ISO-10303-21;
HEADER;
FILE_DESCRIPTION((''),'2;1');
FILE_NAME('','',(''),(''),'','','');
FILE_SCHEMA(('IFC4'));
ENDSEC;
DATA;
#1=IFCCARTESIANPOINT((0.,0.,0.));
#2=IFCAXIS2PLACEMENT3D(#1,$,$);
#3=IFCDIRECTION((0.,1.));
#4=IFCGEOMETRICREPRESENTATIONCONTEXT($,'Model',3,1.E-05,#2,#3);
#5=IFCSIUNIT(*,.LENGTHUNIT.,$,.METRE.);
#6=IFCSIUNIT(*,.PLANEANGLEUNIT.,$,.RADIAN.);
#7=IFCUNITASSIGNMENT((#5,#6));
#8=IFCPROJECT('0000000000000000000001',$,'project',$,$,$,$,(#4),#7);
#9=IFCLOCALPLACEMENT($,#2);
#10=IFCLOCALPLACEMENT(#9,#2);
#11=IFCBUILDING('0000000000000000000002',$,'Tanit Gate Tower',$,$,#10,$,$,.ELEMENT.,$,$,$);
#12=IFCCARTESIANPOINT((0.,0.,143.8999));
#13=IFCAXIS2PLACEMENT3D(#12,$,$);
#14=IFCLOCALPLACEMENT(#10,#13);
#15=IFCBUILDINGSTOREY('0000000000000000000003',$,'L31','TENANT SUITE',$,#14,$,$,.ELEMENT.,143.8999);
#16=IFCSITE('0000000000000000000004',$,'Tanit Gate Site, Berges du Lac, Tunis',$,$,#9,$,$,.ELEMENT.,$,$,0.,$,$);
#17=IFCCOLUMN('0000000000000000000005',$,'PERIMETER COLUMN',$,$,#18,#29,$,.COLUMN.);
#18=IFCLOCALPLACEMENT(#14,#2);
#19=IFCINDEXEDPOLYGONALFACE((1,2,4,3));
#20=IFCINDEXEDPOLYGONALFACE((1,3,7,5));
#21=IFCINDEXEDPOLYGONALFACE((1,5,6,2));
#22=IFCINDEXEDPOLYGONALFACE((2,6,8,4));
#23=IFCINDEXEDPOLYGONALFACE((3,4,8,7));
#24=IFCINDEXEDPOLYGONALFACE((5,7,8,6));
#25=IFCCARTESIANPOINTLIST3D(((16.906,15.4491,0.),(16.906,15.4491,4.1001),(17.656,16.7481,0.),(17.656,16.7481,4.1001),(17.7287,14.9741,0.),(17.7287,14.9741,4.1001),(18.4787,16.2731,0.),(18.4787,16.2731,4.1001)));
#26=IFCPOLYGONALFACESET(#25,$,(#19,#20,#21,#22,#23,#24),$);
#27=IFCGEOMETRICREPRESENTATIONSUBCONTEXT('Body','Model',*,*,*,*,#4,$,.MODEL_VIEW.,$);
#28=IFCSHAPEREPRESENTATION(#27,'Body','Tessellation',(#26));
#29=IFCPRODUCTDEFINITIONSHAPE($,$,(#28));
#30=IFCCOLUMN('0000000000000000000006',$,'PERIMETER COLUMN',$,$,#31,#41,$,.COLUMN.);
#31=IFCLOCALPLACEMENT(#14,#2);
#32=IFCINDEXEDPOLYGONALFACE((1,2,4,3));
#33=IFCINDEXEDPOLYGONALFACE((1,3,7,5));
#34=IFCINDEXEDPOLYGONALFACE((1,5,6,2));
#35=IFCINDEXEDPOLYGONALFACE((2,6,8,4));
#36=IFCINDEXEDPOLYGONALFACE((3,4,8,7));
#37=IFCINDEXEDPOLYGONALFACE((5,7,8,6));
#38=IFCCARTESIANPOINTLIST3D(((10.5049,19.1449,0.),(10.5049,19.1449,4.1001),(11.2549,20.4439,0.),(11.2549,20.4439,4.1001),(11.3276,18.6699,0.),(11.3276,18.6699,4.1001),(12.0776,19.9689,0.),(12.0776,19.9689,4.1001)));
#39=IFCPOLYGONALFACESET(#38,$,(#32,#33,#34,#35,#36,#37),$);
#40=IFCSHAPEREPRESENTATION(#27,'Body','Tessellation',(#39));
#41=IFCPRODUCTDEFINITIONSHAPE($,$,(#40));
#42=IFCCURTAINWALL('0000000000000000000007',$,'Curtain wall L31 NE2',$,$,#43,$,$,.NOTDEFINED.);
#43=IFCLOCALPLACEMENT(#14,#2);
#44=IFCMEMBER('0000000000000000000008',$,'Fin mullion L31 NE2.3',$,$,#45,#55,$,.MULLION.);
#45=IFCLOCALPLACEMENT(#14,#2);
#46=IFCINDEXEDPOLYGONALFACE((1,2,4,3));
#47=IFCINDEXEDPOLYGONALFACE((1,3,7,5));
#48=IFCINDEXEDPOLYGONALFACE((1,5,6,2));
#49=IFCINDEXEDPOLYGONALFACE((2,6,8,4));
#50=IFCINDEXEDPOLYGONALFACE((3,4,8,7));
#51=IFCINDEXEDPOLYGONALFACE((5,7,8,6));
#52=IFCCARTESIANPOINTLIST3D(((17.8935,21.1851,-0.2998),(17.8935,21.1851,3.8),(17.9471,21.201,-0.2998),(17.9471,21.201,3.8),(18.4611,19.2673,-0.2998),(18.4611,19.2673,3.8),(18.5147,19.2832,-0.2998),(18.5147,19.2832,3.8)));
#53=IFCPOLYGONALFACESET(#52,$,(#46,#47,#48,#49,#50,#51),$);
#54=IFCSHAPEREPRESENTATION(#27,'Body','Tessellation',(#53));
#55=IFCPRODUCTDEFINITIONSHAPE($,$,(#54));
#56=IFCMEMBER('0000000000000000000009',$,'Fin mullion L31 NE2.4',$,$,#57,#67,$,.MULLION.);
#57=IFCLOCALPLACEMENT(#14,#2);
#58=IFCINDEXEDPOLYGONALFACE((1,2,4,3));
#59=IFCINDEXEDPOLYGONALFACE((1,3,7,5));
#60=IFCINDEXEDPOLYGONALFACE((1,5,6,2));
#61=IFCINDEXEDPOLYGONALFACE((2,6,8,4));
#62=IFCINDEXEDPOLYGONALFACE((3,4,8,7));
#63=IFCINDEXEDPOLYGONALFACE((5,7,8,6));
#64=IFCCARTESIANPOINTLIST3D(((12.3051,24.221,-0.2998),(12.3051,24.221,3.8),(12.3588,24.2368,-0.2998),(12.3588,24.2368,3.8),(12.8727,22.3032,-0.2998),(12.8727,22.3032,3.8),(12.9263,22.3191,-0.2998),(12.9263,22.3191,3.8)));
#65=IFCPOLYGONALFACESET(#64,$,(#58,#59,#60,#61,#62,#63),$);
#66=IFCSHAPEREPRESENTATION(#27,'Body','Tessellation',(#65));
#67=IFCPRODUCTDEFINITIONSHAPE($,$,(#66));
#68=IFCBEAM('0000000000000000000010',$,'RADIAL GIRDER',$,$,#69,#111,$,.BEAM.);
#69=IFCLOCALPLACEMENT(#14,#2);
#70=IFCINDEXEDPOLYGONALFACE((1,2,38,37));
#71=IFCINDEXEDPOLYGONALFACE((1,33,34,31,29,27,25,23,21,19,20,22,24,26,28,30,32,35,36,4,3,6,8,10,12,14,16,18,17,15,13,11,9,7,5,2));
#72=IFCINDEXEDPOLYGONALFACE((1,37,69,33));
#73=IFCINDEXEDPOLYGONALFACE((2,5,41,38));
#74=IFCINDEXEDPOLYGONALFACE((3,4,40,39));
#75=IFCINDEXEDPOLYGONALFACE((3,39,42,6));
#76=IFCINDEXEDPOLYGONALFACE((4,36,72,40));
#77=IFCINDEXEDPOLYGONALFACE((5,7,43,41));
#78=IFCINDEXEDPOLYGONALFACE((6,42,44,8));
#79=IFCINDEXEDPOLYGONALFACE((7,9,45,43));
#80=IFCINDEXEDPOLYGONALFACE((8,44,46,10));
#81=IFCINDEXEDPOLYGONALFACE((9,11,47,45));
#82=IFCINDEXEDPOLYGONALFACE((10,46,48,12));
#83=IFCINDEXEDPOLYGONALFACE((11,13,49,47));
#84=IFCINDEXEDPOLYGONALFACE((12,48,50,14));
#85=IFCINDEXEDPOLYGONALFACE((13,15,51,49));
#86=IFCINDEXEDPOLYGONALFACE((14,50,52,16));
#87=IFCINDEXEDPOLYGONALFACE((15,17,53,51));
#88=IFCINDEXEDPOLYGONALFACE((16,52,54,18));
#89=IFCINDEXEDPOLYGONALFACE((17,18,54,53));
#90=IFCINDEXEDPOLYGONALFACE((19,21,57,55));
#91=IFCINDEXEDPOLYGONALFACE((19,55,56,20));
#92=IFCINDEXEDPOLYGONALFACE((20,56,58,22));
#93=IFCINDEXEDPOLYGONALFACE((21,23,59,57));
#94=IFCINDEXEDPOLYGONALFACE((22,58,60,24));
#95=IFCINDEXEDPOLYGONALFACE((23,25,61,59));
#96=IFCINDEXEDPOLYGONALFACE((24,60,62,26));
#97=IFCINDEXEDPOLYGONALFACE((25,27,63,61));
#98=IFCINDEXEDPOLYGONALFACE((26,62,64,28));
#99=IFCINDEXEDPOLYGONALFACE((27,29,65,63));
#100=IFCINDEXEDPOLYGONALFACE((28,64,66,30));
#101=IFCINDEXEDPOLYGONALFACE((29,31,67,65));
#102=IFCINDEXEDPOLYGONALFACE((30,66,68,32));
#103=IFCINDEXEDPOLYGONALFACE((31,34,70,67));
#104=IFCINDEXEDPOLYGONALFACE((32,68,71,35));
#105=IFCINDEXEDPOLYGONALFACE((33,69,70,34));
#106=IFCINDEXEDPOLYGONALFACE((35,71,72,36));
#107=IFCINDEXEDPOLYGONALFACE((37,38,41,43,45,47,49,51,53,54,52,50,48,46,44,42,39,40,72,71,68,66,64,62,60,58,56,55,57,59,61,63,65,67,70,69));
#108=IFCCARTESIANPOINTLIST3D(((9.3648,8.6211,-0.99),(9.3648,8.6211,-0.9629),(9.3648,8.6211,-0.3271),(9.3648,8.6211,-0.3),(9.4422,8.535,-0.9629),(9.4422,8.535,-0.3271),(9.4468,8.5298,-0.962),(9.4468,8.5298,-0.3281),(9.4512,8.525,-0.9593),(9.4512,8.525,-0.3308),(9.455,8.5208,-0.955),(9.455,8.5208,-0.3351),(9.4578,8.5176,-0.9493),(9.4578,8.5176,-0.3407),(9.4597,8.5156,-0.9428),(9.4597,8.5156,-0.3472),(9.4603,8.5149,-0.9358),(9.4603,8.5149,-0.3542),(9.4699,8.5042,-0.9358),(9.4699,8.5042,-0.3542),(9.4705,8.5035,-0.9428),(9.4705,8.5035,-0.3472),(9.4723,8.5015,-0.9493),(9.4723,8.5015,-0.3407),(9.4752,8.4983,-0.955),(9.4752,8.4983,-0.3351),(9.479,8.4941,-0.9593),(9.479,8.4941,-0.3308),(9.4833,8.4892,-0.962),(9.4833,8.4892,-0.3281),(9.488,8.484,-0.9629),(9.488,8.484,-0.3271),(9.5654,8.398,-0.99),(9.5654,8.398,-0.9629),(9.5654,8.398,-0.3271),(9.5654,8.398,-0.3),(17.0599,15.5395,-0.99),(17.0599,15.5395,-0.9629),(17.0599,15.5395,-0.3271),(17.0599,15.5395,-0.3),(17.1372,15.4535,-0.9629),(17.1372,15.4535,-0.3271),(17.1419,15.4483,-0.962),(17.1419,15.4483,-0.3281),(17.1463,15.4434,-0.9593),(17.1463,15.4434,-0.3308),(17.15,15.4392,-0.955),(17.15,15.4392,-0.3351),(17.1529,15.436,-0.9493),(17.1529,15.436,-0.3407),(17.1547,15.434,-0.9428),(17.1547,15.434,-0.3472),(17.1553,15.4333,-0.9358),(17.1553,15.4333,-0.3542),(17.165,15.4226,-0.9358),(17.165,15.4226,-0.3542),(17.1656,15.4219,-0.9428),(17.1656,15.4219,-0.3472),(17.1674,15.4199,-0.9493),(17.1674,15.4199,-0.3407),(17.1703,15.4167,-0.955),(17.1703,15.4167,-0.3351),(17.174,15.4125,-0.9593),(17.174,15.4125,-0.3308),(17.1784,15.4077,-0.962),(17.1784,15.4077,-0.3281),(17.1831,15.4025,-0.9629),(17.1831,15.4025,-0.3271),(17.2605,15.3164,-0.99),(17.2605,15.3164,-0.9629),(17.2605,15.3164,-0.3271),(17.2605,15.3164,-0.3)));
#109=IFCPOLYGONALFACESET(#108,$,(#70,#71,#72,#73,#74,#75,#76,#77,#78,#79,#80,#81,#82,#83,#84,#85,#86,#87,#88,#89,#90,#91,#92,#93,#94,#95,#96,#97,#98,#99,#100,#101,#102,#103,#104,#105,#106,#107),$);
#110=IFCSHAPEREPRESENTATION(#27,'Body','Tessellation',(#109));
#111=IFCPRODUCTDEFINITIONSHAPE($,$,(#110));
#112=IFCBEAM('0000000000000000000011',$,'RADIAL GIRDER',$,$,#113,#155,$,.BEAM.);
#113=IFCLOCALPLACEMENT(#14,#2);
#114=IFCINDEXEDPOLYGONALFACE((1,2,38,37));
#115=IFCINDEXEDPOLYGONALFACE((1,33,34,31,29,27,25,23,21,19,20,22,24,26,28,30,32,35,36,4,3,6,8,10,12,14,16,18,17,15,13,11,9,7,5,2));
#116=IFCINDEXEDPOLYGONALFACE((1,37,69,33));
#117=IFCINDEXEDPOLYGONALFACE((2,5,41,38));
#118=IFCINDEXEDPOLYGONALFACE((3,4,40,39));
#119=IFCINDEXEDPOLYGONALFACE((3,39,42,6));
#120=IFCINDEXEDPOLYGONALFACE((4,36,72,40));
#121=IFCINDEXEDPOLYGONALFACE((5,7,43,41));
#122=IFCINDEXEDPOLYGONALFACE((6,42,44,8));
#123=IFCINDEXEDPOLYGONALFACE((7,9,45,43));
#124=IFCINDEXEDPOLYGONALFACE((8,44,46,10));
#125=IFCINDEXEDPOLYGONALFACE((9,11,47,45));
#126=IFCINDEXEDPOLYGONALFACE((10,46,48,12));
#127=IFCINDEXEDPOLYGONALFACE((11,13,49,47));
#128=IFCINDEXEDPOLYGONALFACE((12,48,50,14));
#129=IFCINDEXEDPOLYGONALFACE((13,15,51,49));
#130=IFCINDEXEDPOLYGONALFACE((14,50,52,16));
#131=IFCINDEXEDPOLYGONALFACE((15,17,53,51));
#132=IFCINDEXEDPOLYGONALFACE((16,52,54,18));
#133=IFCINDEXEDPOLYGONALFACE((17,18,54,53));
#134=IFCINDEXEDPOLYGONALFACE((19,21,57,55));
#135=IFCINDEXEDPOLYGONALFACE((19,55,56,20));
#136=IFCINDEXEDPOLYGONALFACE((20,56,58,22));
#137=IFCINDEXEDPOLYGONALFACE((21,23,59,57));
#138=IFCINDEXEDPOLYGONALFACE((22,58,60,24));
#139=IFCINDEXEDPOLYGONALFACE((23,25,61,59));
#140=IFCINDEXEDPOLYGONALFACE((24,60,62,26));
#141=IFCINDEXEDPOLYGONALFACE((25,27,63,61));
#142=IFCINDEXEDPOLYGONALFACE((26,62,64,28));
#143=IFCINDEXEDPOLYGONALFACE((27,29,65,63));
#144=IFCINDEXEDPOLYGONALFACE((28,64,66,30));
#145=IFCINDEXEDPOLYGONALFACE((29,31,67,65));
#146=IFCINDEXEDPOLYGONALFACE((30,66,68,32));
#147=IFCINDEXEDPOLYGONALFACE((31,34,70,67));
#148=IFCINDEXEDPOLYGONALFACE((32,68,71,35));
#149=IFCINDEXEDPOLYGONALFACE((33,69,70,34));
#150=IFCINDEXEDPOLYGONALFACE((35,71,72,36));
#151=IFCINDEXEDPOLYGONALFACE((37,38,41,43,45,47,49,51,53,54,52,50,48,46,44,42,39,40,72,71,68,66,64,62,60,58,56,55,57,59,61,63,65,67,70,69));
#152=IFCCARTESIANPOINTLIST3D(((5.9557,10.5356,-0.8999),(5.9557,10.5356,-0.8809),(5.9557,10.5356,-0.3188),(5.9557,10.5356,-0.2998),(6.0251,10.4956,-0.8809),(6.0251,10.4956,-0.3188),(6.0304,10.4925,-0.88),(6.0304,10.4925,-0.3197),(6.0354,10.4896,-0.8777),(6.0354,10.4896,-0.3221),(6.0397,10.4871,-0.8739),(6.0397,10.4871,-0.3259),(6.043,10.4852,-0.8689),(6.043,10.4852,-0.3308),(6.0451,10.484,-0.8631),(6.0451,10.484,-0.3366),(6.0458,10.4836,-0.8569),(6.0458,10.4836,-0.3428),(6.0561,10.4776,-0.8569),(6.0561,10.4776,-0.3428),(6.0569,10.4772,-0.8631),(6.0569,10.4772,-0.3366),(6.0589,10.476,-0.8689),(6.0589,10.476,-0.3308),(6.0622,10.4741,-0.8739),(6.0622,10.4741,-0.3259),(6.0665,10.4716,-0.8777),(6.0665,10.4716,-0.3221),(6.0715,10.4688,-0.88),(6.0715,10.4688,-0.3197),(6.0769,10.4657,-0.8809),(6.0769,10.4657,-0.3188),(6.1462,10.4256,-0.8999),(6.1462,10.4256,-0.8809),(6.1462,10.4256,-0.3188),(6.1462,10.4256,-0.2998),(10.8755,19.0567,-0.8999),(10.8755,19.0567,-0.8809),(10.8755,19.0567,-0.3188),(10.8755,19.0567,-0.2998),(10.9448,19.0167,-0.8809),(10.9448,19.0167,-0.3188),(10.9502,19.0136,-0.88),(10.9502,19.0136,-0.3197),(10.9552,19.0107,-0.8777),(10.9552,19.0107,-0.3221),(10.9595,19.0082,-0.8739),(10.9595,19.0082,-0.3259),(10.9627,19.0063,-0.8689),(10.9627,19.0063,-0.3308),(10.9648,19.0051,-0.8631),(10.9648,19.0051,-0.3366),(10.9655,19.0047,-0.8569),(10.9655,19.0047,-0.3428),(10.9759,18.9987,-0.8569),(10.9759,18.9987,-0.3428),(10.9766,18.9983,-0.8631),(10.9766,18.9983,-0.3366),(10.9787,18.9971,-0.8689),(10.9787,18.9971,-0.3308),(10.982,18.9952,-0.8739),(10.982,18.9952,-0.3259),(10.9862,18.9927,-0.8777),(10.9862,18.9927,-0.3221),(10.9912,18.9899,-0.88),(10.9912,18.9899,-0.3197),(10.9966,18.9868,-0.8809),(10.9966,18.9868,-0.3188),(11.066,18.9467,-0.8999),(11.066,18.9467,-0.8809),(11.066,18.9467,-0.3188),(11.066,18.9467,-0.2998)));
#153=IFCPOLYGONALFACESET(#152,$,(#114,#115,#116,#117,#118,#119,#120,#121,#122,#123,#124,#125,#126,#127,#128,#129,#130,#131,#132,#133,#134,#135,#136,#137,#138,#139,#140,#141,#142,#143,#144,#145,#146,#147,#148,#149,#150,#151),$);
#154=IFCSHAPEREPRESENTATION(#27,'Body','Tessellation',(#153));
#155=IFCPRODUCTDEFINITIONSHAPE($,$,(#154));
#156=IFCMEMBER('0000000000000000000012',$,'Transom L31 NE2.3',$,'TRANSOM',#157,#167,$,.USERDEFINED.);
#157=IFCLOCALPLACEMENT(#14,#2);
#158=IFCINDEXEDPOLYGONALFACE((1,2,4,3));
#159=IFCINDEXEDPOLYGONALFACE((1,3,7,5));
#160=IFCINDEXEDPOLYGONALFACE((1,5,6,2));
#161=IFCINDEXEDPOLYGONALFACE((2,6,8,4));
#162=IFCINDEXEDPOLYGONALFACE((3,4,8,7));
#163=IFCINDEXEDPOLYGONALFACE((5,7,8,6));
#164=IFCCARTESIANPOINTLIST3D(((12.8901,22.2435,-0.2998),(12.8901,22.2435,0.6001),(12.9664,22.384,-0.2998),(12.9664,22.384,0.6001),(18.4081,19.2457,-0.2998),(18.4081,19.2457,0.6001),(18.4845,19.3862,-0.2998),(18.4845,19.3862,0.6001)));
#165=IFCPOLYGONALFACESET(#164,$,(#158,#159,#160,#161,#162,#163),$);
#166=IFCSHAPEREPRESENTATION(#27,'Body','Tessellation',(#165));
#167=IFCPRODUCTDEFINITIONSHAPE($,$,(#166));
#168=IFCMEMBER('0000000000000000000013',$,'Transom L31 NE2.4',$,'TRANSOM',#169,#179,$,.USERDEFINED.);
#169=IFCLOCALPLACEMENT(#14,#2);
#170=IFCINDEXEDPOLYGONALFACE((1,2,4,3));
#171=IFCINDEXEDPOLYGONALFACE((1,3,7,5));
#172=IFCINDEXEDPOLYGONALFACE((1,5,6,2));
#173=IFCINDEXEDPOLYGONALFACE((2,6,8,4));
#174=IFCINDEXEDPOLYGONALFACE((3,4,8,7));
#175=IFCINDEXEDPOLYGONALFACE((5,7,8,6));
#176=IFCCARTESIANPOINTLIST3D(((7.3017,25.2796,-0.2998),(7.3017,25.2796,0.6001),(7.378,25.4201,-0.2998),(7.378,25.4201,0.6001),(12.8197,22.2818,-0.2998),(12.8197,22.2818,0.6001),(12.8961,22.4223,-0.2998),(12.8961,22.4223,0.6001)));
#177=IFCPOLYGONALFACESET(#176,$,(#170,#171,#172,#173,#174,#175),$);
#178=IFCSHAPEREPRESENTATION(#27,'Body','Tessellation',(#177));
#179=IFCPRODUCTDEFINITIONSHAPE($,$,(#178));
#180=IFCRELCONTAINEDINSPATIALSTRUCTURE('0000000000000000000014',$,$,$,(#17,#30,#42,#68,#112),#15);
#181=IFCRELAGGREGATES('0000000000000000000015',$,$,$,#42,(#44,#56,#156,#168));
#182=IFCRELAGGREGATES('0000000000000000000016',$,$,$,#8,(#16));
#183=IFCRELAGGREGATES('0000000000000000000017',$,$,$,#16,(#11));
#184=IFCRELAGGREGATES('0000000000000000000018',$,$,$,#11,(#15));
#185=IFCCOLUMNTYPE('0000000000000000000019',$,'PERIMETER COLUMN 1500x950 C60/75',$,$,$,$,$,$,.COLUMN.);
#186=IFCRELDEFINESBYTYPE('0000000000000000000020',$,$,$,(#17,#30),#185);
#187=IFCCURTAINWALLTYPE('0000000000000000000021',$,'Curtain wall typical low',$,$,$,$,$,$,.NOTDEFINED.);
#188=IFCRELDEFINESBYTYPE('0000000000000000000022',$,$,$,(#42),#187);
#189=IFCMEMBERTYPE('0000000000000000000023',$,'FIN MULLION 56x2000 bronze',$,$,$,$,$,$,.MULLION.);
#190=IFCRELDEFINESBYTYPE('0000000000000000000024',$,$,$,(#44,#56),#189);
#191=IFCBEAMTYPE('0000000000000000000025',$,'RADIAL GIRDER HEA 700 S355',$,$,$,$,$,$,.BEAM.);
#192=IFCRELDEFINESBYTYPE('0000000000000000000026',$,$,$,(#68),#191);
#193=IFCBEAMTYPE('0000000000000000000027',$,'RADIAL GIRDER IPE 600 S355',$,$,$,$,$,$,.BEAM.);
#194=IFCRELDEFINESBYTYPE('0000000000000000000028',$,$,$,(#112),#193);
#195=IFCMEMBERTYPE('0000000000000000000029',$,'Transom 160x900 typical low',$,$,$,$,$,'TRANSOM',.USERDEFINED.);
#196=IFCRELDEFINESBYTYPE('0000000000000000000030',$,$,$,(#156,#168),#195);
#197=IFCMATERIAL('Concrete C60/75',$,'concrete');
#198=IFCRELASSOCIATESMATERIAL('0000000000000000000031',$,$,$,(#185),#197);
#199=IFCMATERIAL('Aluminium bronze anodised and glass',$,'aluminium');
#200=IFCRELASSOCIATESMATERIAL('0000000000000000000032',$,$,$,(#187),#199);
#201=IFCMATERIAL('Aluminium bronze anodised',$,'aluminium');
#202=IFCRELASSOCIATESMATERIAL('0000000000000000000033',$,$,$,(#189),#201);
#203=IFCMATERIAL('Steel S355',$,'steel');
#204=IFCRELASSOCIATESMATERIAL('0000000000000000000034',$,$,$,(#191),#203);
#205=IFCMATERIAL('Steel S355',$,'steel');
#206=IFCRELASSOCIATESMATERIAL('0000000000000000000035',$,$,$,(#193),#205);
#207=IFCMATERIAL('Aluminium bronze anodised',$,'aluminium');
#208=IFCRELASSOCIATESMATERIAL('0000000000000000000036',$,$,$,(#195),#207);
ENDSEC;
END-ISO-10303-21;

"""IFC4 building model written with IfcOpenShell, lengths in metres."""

from ifc_helpers import new_model, si_unit, direction, frame, origin, origin_2d, place, context, subcontext, project, spatial, rectangle, i_section, extrude, material, material_profile, profile_set, type_object, element, aggregate, save


model = new_model("IFC4")

# Units and contexts
model_context = context("Model", 3, precision=1e-05, world=origin(), true_north=direction((0.0, 1.0)))
body_context = subcontext(model_context, "Body", "Model", "MODEL_VIEW")
ifc_project = project(units=[si_unit("LENGTHUNIT", "METRE"), si_unit("PLANEANGLEUNIT", "RADIAN")], contexts=[model_context])

# Site, building, storey
site_placement = place(None, origin())
site = spatial("IfcSite", under=ifc_project, at=site_placement, Name="Tanit Gate Site, Berges du Lac, Tunis", CompositionType="ELEMENT", RefElevation=0.0)
building_placement = place(site_placement, origin())
building = spatial("IfcBuilding", under=site, at=building_placement, Name="Tanit Gate Tower", CompositionType="ELEMENT")
storey_placement = place(building_placement, frame((0.0, 0.0, 143.8999)))
storey = spatial("IfcBuildingStorey", under=building, at=storey_placement, Name="L31", Description="TENANT SUITE", CompositionType="ELEMENT", Elevation=143.8999)

# Columns
ifc_material_1 = material(Name="Concrete C60/75", Category="concrete")
ifc_material_profile_1 = material_profile(ifc_material_1, rectangle(XDim=1.5, YDim=0.95, at=origin_2d()), Name="RC 1500x950")
ifc_profile_set_1 = profile_set([ifc_material_profile_1], Name="Concrete C60/75")
column_type = type_object("IfcColumnType", Name="PERIMETER COLUMN 1500x950 C60/75", PredefinedType="COLUMN", material=ifc_profile_set_1)
for number, where, z_axis, x_axis, name in (
    (1, (17.6924, 15.8611, 0.0), (0.0, 0.0, 1.0), (0.5, 0.866025, 0.0), "PERIMETER COLUMN"),
    (2, (11.2913, 19.5569, 0.0), (0.0, 0.0, 1.0), (0.5, 0.866025, 0.0), "PERIMETER COLUMN"),
):
    element("IfcColumn", number, at=place(storey_placement, frame(where, z_axis=z_axis, x_axis=x_axis)), inside=storey, type_object=column_type, Name=name, PredefinedType="COLUMN", context=body_context, shape_type="SweptSolid", body=[
        extrude(rectangle(XDim=1.5, YDim=0.95, at=origin_2d()), origin(), (0.0, 0.0, 1.0), 4.1001),
    ])

# Curtain wall, members
ifc_material_2 = material(Name="Aluminium bronze anodised and glass", Category="aluminium")
curtain_wall_type = type_object("IfcCurtainWallType", Name="Curtain wall typical low", PredefinedType="NOTDEFINED", material=ifc_material_2)
curtain_wall_placement = place(storey_placement, origin())
curtain_wall = element("IfcCurtainWall", 3, at=curtain_wall_placement, inside=storey, type_object=curtain_wall_type, Name="Curtain wall L31 NE2", PredefinedType="NOTDEFINED")
ifc_material_3 = material(Name="Aluminium bronze anodised", Category="aluminium")
ifc_material_profile_2 = material_profile(ifc_material_3, rectangle(XDim=2.0, YDim=0.0559, at=origin_2d()), Name="56x2000 bronze fin mullion")
ifc_profile_set_2 = profile_set([ifc_material_profile_2], Name="Aluminium bronze anodised")
member_type_1 = type_object("IfcMemberType", Name="FIN MULLION 56x2000 bronze", PredefinedType="MULLION", material=ifc_profile_set_2)
member_1_placement = place(storey_placement, frame((18.2041, 20.2341, -0.2998), z_axis=(0.0, 0.0, 1.0), x_axis=(0.283773, -0.958892, 0.0)))
member_1 = element("IfcMember", 4, at=member_1_placement, type_object=member_type_1, Name="Fin mullion L31 NE2.3", PredefinedType="MULLION", context=body_context, shape_type="SweptSolid", body=[
    extrude(rectangle(XDim=2.0, YDim=0.0559, at=origin_2d()), origin(), (0.0, 0.0, 1.0), 4.0999),
])
member_2_placement = place(storey_placement, frame((12.6157, 23.27, -0.2998), z_axis=(0.0, 0.0, 1.0), x_axis=(0.283773, -0.958892, 0.0)))
member_2 = element("IfcMember", 5, at=member_2_placement, type_object=member_type_1, Name="Fin mullion L31 NE2.4", PredefinedType="MULLION", context=body_context, shape_type="SweptSolid", body=[
    extrude(rectangle(XDim=2.0, YDim=0.0559, at=origin_2d()), origin(), (0.0, 0.0, 1.0), 4.0999),
])

# Beams
ifc_material_4 = material(Name="Steel S355", Category="steel")
ifc_material_profile_3 = material_profile(ifc_material_4, i_section(OverallWidth=0.3, OverallDepth=0.6899, WebThickness=0.0144, FlangeThickness=0.0271, FilletRadius=0.0271, at=origin_2d()), Name="HEA 700")
ifc_profile_set_3 = profile_set([ifc_material_profile_3], Name="Steel S355")
beam_type_1 = type_object("IfcBeamType", Name="RADIAL GIRDER HEA 700 S355", PredefinedType="BEAM", material=ifc_profile_set_3)
beam_1_placement = place(storey_placement, frame((17.1602, 15.428, -0.645), z_axis=(-0.743635, -0.668585, 0.0), x_axis=(0.668585, -0.743635, 0.0)))
element("IfcBeam", 6, at=beam_1_placement, inside=storey, type_object=beam_type_1, Name="RADIAL GIRDER", PredefinedType="BEAM", context=body_context, shape_type="SweptSolid", body=[
    extrude(i_section(OverallWidth=0.3, OverallDepth=0.6899, WebThickness=0.0144, FlangeThickness=0.0271, FilletRadius=0.0271, at=origin_2d()), origin(), (0.0, 0.0, 1.0), 10.3479),
])
ifc_material_5 = material(Name="Steel S355", Category="steel")
ifc_material_profile_4 = material_profile(ifc_material_5, i_section(OverallWidth=0.22, OverallDepth=0.6001, WebThickness=0.012, FlangeThickness=0.019, FilletRadius=0.0239, at=origin_2d()), Name="IPE 600")
ifc_profile_set_4 = profile_set([ifc_material_profile_4], Name="Steel S355")
beam_type_2 = type_object("IfcBeamType", Name="RADIAL GIRDER IPE 600 S355", PredefinedType="BEAM", material=ifc_profile_set_4)
beam_2_placement = place(storey_placement, frame((10.9707, 19.0017, -0.5999), z_axis=(-0.500006, -0.866022, 0.0), x_axis=(0.866022, -0.500006, 0.0)))
element("IfcBeam", 7, at=beam_2_placement, inside=storey, type_object=beam_type_2, Name="RADIAL GIRDER", PredefinedType="BEAM", context=body_context, shape_type="SweptSolid", body=[
    extrude(i_section(OverallWidth=0.22, OverallDepth=0.6001, WebThickness=0.012, FlangeThickness=0.019, FilletRadius=0.0239, at=origin_2d()), origin(), (0.0, 0.0, 1.0), 9.8394),
])

# Members
ifc_material_6 = material(Name="Aluminium bronze anodised", Category="aluminium")
ifc_material_profile_5 = material_profile(ifc_material_6, rectangle(XDim=0.1599, YDim=0.8999, at=origin_2d()), Name="160x900 bronze transom")
ifc_profile_set_5 = profile_set([ifc_material_profile_5], Name="Aluminium bronze anodised")
member_type_2 = type_object("IfcMemberType", Name="Transom 160x900 typical low", ElementType="TRANSOM", PredefinedType="USERDEFINED", material=ifc_profile_set_5)
member_3_placement = place(storey_placement, frame((18.4463, 19.3159, 0.1501), z_axis=(-0.878701, 0.477372, 0.0), x_axis=(-0.477372, -0.878701, 0.0)))
member_3 = element("IfcMember", 8, at=member_3_placement, type_object=member_type_2, Name="Transom L31 NE2.3", ObjectType="TRANSOM", PredefinedType="USERDEFINED", context=body_context, shape_type="SweptSolid", body=[
    extrude(rectangle(XDim=0.1599, YDim=0.8999, at=origin_2d()), origin(), (0.0, 0.0, 1.0), 6.2798),
])
member_4_placement = place(storey_placement, frame((12.8579, 22.3521, 0.1501), z_axis=(-0.878701, 0.477372, 0.0), x_axis=(-0.477372, -0.878701, 0.0)))
member_4 = element("IfcMember", 9, at=member_4_placement, type_object=member_type_2, Name="Transom L31 NE2.4", ObjectType="TRANSOM", PredefinedType="USERDEFINED", context=body_context, shape_type="SweptSolid", body=[
    extrude(rectangle(XDim=0.1599, YDim=0.8999, at=origin_2d()), origin(), (0.0, 0.0, 1.0), 6.2798),
])

aggregate(curtain_wall, [member_1, member_2, member_3, member_4])

save(model, "model.ifc")
